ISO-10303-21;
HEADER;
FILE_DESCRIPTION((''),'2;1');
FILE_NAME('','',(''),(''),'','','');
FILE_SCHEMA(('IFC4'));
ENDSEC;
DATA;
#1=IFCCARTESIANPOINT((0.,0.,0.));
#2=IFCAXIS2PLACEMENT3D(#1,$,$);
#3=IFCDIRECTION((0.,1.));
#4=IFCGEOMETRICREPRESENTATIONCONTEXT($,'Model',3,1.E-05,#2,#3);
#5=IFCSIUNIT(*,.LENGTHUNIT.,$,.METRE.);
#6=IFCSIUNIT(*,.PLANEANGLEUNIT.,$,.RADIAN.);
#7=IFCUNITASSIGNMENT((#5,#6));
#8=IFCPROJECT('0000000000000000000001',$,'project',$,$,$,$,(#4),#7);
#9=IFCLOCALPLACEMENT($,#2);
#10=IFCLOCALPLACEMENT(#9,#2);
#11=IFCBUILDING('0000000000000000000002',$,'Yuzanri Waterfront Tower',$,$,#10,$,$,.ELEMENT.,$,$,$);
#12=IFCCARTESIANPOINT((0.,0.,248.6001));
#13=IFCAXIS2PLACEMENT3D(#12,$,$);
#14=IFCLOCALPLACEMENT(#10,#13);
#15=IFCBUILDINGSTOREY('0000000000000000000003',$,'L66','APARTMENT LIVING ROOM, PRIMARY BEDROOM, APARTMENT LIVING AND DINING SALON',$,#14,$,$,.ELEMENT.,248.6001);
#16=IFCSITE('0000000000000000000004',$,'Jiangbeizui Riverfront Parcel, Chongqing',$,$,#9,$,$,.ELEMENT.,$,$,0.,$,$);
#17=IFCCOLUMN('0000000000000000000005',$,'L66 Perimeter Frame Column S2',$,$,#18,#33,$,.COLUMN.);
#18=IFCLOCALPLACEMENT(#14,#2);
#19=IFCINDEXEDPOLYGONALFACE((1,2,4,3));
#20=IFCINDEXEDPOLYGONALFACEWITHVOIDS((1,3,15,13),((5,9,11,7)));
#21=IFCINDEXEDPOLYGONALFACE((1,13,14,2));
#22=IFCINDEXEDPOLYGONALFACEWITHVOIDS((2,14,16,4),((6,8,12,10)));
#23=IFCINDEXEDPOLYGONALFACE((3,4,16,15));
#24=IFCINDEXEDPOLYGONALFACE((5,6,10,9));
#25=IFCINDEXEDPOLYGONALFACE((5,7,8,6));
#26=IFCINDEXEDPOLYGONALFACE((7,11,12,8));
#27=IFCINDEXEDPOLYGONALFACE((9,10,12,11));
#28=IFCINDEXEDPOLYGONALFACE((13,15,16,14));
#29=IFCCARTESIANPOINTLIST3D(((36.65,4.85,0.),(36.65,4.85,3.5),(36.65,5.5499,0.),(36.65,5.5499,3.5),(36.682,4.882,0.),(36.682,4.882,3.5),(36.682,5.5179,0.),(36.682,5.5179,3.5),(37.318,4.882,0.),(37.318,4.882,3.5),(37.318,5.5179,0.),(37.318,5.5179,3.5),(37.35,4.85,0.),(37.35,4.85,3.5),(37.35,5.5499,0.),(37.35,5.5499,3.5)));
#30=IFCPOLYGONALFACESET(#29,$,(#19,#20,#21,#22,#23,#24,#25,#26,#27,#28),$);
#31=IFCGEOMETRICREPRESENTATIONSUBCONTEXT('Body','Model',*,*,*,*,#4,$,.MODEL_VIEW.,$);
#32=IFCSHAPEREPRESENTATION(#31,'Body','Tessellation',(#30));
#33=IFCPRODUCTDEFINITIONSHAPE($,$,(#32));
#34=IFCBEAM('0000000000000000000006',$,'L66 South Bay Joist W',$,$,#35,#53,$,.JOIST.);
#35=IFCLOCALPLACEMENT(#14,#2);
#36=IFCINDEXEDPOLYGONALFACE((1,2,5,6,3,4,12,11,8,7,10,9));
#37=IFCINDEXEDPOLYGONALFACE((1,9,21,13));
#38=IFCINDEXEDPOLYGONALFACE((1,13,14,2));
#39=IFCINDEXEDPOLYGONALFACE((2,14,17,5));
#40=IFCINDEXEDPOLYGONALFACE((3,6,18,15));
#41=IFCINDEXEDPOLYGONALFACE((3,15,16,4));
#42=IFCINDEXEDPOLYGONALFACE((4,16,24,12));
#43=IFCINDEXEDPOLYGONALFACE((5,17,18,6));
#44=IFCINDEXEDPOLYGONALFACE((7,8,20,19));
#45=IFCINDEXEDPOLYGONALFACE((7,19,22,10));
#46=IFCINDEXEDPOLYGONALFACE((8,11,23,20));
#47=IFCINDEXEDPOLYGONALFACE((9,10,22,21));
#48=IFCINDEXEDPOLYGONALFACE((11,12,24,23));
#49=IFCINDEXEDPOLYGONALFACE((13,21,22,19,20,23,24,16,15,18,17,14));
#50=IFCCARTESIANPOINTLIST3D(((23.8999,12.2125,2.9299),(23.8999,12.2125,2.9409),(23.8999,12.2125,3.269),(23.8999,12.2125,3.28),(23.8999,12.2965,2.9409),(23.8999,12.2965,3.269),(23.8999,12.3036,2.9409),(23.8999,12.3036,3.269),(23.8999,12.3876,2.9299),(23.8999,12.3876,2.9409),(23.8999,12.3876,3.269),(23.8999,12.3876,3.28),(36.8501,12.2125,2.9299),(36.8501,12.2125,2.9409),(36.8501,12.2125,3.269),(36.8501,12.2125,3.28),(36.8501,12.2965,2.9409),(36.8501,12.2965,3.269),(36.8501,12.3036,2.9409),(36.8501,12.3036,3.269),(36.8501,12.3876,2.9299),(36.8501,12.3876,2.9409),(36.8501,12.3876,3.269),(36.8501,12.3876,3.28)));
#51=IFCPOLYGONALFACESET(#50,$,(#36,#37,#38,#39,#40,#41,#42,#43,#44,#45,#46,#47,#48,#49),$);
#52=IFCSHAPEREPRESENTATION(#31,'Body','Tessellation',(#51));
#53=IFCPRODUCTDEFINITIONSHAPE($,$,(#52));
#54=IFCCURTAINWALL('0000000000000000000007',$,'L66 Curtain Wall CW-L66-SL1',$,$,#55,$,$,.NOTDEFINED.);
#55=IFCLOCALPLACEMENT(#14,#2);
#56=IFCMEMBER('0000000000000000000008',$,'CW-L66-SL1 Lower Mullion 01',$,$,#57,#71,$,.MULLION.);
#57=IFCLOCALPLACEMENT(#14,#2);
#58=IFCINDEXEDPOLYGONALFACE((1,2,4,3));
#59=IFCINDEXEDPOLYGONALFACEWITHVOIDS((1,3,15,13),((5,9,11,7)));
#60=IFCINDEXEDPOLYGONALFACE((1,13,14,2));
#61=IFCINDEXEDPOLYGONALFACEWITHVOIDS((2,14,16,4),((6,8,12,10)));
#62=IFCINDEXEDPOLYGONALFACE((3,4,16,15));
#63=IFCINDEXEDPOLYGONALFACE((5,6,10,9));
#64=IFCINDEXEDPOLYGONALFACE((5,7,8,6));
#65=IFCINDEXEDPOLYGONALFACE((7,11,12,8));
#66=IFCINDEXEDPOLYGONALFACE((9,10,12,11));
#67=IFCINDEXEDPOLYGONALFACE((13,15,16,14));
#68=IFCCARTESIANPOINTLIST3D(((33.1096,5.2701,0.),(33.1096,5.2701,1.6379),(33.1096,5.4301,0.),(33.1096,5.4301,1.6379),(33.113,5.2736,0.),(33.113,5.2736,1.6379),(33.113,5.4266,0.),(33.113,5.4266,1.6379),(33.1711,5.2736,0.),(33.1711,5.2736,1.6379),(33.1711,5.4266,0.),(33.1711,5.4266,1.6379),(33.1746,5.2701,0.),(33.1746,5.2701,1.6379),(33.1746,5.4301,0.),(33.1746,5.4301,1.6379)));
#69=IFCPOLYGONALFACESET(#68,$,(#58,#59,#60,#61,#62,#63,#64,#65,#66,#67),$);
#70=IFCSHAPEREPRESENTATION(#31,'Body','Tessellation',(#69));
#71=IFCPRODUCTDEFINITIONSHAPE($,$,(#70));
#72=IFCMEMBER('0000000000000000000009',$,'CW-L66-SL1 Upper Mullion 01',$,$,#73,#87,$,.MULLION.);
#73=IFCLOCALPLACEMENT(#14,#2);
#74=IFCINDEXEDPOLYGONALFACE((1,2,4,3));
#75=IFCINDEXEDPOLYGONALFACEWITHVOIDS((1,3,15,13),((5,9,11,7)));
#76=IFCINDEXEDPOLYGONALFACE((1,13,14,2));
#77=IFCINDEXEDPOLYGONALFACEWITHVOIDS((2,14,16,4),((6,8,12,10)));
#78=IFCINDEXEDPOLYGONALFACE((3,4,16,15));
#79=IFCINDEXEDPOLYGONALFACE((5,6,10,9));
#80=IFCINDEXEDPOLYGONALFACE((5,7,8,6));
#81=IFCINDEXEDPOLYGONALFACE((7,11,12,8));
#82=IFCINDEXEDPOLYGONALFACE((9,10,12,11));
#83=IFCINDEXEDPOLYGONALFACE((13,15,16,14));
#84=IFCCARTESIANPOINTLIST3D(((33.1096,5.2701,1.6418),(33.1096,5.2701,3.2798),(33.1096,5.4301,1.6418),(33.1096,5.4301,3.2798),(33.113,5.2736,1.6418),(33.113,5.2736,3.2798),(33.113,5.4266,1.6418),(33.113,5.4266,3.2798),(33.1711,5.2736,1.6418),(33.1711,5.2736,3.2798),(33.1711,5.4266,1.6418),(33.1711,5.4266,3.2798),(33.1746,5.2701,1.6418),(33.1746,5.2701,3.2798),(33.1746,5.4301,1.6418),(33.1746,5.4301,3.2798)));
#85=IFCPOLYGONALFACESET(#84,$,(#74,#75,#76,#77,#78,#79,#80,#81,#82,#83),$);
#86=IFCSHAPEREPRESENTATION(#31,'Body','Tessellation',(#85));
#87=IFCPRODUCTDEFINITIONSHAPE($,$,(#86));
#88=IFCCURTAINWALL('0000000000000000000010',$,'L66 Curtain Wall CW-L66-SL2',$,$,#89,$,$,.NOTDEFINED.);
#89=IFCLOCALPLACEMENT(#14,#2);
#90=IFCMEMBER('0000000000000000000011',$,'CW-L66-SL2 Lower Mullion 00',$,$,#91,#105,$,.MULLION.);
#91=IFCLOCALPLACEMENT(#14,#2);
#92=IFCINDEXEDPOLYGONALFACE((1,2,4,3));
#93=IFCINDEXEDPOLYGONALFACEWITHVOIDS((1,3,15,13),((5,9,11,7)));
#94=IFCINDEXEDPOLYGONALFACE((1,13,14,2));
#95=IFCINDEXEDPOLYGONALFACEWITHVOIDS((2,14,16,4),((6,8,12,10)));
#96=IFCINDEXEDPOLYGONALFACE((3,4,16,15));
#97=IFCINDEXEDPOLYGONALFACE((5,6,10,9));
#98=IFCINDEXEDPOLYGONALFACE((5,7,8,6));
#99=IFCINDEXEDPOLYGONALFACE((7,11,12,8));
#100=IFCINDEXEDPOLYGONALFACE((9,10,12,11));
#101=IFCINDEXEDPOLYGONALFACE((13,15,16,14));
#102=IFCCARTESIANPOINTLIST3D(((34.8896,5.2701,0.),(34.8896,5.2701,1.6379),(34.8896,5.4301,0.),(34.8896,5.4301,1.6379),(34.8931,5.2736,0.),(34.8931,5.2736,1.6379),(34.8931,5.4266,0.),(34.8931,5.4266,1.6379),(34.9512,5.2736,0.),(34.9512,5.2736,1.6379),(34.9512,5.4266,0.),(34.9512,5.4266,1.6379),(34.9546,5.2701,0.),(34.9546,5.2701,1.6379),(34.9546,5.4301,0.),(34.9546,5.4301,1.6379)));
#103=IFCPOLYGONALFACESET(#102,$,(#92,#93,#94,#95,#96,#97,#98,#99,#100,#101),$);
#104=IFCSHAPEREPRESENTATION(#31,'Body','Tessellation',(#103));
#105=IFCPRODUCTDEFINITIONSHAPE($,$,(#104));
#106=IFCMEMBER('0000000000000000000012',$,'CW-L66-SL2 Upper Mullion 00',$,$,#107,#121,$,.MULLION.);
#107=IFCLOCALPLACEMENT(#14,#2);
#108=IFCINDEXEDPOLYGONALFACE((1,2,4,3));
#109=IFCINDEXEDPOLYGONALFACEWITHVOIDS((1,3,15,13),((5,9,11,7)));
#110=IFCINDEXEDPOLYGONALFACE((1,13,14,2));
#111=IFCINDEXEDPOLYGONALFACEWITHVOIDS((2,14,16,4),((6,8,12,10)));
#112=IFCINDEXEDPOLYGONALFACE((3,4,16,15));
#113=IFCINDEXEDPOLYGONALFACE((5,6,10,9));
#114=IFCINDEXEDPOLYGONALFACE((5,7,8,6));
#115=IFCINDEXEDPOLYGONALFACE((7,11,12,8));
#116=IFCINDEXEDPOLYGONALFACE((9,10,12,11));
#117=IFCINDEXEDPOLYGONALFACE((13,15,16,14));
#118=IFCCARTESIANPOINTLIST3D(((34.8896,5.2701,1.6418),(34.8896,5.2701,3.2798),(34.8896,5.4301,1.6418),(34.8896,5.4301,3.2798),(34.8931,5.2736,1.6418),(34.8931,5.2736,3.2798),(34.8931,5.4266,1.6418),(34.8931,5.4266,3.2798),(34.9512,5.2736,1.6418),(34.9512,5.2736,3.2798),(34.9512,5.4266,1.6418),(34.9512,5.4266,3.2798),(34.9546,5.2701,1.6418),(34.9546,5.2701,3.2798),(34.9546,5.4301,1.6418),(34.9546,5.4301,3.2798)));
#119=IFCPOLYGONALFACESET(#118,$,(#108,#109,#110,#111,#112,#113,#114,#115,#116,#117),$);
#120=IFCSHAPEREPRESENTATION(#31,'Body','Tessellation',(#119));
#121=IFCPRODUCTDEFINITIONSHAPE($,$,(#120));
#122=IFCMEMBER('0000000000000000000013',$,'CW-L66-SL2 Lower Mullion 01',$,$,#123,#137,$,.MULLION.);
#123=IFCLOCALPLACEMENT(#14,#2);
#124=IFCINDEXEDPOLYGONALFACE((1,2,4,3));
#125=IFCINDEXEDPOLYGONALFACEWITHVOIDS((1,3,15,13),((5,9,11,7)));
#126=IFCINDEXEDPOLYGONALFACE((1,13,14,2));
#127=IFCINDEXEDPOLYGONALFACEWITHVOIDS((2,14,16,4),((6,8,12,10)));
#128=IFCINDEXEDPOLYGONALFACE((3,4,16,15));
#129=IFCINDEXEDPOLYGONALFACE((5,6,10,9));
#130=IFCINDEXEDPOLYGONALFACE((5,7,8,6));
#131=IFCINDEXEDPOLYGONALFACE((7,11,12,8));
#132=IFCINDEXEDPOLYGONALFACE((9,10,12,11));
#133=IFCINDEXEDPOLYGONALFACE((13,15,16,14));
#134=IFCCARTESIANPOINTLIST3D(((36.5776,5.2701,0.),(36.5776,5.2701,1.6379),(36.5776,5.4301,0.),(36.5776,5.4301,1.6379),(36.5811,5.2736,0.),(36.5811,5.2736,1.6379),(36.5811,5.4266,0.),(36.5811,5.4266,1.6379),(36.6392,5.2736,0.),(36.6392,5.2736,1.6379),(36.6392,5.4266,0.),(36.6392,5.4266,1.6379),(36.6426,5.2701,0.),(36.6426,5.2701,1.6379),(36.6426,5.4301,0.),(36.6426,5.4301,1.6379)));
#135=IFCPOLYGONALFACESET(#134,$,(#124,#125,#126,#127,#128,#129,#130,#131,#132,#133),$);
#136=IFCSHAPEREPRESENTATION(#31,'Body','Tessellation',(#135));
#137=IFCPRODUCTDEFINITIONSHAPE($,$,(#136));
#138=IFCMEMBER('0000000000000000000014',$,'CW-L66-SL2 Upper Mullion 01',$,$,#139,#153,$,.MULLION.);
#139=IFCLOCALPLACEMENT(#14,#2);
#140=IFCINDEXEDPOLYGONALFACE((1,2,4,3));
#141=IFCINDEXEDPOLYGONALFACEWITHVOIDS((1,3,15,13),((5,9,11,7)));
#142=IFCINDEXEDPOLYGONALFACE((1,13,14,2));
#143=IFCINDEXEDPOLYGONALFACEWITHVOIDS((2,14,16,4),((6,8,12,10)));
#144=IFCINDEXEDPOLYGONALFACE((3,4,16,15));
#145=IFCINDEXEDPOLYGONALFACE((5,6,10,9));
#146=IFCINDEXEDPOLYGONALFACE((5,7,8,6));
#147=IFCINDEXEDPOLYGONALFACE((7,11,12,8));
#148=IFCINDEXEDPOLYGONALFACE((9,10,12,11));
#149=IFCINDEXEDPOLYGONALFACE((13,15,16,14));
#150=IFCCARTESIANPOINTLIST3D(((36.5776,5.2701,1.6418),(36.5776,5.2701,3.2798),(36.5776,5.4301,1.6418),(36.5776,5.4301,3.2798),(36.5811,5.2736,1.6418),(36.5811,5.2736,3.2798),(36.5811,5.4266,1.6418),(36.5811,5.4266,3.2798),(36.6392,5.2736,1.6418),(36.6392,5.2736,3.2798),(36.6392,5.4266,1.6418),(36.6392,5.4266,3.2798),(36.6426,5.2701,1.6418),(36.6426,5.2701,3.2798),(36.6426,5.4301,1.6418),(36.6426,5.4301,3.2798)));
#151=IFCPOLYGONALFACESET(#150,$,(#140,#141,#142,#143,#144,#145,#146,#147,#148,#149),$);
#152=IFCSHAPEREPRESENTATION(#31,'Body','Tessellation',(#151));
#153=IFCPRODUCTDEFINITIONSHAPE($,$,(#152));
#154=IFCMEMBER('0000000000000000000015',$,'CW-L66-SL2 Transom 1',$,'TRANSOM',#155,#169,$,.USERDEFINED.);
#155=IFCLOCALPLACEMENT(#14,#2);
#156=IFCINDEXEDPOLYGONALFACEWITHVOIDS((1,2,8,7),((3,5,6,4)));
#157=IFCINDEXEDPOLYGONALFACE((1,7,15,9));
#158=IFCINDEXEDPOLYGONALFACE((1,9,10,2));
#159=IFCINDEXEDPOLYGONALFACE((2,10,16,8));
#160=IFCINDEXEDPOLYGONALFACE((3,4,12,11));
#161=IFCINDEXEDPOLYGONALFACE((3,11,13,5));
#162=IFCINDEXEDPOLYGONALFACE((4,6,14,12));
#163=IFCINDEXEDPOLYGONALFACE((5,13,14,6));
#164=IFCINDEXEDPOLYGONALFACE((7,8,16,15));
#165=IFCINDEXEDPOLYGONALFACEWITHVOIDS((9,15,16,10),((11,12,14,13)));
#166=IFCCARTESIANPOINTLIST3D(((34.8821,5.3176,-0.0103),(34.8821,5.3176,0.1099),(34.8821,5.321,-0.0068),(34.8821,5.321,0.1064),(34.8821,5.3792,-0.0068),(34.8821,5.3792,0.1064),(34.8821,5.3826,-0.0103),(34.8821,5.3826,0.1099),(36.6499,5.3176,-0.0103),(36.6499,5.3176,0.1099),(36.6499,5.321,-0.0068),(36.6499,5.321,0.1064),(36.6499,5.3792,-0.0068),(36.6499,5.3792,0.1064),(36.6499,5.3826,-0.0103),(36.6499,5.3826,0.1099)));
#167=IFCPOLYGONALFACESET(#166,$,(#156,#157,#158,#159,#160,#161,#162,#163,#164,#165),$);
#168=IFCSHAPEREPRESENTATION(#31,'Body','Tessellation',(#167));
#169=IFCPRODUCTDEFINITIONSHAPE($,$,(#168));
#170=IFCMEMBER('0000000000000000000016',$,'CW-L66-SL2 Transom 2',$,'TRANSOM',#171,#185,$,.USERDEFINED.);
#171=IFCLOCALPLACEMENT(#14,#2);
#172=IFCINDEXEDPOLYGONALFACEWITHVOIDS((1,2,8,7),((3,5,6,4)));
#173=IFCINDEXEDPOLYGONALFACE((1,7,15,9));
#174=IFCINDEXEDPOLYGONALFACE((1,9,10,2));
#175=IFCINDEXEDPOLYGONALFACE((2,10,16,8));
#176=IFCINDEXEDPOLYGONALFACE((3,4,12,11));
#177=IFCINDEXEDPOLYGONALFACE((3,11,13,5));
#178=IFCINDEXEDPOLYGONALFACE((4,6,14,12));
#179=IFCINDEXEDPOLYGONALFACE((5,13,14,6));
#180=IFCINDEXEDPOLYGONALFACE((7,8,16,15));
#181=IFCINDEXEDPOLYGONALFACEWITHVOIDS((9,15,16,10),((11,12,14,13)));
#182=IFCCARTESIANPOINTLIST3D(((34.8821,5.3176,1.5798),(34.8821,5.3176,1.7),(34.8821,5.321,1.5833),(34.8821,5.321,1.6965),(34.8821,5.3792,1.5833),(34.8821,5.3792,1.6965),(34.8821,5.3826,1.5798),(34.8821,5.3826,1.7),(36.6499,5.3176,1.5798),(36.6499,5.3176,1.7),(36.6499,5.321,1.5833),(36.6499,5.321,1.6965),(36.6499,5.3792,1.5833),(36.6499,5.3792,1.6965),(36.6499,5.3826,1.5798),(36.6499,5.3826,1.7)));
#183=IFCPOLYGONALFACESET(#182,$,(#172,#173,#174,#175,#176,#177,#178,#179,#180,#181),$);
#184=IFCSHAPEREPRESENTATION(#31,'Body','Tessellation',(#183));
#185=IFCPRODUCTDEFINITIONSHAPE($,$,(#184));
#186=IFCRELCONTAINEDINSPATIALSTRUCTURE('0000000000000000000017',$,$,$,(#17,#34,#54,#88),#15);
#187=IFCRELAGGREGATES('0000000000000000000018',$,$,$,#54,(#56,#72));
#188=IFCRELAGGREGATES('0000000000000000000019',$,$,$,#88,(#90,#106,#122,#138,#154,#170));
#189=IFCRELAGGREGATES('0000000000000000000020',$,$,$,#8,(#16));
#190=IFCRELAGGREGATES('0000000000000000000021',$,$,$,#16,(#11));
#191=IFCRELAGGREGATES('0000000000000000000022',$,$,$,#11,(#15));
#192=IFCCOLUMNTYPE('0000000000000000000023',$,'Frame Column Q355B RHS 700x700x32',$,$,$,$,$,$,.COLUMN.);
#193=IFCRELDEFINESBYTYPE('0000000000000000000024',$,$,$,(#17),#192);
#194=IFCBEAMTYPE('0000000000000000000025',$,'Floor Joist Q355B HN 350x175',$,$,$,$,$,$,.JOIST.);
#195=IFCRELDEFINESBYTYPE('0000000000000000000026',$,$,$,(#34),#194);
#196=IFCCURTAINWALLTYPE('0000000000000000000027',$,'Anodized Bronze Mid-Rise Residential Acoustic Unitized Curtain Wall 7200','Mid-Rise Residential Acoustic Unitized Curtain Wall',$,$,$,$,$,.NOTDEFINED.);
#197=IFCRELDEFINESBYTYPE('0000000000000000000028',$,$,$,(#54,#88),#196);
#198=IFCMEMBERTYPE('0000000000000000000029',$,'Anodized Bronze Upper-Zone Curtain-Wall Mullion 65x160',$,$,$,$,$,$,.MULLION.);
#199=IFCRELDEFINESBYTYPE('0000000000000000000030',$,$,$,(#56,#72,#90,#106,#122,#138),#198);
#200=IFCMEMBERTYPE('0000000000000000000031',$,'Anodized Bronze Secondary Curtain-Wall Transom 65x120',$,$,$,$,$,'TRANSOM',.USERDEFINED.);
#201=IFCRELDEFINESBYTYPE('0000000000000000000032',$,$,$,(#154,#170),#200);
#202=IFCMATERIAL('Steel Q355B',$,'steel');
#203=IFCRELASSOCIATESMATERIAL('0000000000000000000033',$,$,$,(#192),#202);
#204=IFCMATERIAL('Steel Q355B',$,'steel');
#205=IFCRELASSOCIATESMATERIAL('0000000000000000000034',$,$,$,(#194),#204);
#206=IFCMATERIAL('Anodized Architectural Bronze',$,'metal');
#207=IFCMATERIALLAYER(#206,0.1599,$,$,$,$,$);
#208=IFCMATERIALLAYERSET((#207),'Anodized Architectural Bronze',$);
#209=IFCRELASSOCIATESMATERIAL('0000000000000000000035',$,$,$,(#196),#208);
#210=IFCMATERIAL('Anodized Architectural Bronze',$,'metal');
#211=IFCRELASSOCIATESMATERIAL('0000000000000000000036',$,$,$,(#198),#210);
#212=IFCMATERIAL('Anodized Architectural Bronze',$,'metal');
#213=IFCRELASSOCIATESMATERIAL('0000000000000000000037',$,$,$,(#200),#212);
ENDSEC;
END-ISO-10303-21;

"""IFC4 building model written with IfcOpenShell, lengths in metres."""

from ifc_helpers import new_model, si_unit, direction, frame, origin, origin_2d, place, context, subcontext, project, spatial, hollow_rectangle, i_section, extrude, source, transform, mapped, material, layer, layer_set, material_profile, profile_set, type_object, element, aggregate, save


model = new_model("IFC4")

# Units and contexts
model_context = context("Model", 3, precision=1e-05, world=origin(), true_north=direction((0.0, 1.0)))
body_context = subcontext(model_context, "Body", "Model", "MODEL_VIEW")
ifc_project = project(units=[si_unit("LENGTHUNIT", "METRE"), si_unit("PLANEANGLEUNIT", "RADIAN")], contexts=[model_context])

# Site, building, storey
site_placement = place(None, origin())
site = spatial("IfcSite", under=ifc_project, at=site_placement, Name="Jiangbeizui Riverfront Parcel, Chongqing", CompositionType="ELEMENT", RefElevation=0.0)
building_placement = place(site_placement, origin())
building = spatial("IfcBuilding", under=site, at=building_placement, Name="Yuzanri Waterfront Tower", CompositionType="ELEMENT")
storey_placement = place(building_placement, frame((0.0, 0.0, 248.6001)))
storey = spatial("IfcBuildingStorey", under=building, at=storey_placement, Name="L66", Description="APARTMENT LIVING ROOM, PRIMARY BEDROOM, APARTMENT LIVING AND DINING SALON", CompositionType="ELEMENT", Elevation=248.6001)

# Column
ifc_material_1 = material(Name="Steel Q355B", Category="steel")
ifc_material_profile_1 = material_profile(ifc_material_1, hollow_rectangle(XDim=0.7, YDim=0.7, WallThickness=0.032, at=origin_2d()), Name="RHS 700x700x32")
ifc_profile_set_1 = profile_set([ifc_material_profile_1], Name="Steel Q355B")
column_type = type_object("IfcColumnType", Name="Frame Column Q355B RHS 700x700x32", PredefinedType="COLUMN", material=ifc_profile_set_1)
shared_shape_1 = source(origin(), body_context, "Body", "SweptSolid", [
    extrude(hollow_rectangle(XDim=0.7, YDim=0.7, WallThickness=0.032, at=origin_2d()), origin(), (0.0, 0.0, 1.0), 3.5),
])
column_placement = place(storey_placement, frame((37.0, 5.2, 0.0), z_axis=(0.0, 0.0, 1.0), x_axis=(1.0, 0.0, 0.0)))
element("IfcColumn", 1, at=column_placement, inside=storey, type_object=column_type, Name="L66 Perimeter Frame Column S2", PredefinedType="COLUMN", context=body_context, shape_type="MappedRepresentation", body=[
    mapped(shared_shape_1, transform((0.0, 0.0, 0.0), scale=1.0)),
])

# Beam
ifc_material_2 = material(Name="Steel Q355B", Category="steel")
ifc_material_profile_2 = material_profile(ifc_material_2, i_section(OverallWidth=0.175, OverallDepth=0.3501, WebThickness=0.0071, FlangeThickness=0.011, at=origin_2d()), Name="HN 350x175x7x11")
ifc_profile_set_2 = profile_set([ifc_material_profile_2], Name="Steel Q355B")
beam_type = type_object("IfcBeamType", Name="Floor Joist Q355B HN 350x175", PredefinedType="JOIST", material=ifc_profile_set_2)
shared_shape_2 = source(origin(), body_context, "Body", "SweptSolid", [
    extrude(i_section(OverallWidth=0.175, OverallDepth=0.3501, WebThickness=0.0071, FlangeThickness=0.011, at=origin_2d()), origin(), (0.0, 0.0, 1.0), 12.9502),
])
beam_placement = place(storey_placement, frame((23.8999, 12.3, 3.105), z_axis=(1.0, 0.0, 0.0), x_axis=(0.0, 1.0, 0.0)))
element("IfcBeam", 2, at=beam_placement, inside=storey, type_object=beam_type, Name="L66 South Bay Joist W", PredefinedType="JOIST", context=body_context, shape_type="MappedRepresentation", body=[
    mapped(shared_shape_2, transform((0.0, 0.0, 0.0), scale=1.0)),
])

# Curtain walls, members
ifc_material_3 = material(Name="Anodized Architectural Bronze", Category="metal")
ifc_layer_1 = layer(ifc_material_3, 0.1599)
ifc_layer_set_1 = layer_set([ifc_layer_1], Name="Anodized Architectural Bronze")
curtain_wall_type = type_object("IfcCurtainWallType", Name="Anodized Bronze Mid-Rise Residential Acoustic Unitized Curtain Wall 7200", Description="Mid-Rise Residential Acoustic Unitized Curtain Wall", PredefinedType="NOTDEFINED", material=ifc_layer_set_1)
curtain_wall_1_placement = place(storey_placement, origin())
curtain_wall_1 = element("IfcCurtainWall", 3, at=curtain_wall_1_placement, inside=storey, type_object=curtain_wall_type, Name="L66 Curtain Wall CW-L66-SL1", PredefinedType="NOTDEFINED")
ifc_material_4 = material(Name="Anodized Architectural Bronze", Category="metal")
ifc_material_profile_3 = material_profile(ifc_material_4, hollow_rectangle(XDim=0.0649, YDim=0.1599, WallThickness=0.0034, at=origin_2d()), Name="CWM 65x160")
ifc_profile_set_3 = profile_set([ifc_material_profile_3], Name="Anodized Architectural Bronze")
member_type_1 = type_object("IfcMemberType", Name="Anodized Bronze Upper-Zone Curtain-Wall Mullion 65x160", PredefinedType="MULLION", material=ifc_profile_set_3)
shared_shape_3 = source(origin(), body_context, "Body", "SweptSolid", [
    extrude(hollow_rectangle(XDim=0.0649, YDim=0.1599, WallThickness=0.0034, at=origin_2d()), origin(), (0.0, 0.0, 1.0), 1.6379),
])
member_1_placement = place(storey_placement, frame((33.1421, 5.3501, 0.0), z_axis=(0.0, 0.0, 1.0), x_axis=(1.0, 0.0, 0.0)))
member_1 = element("IfcMember", 4, at=member_1_placement, type_object=member_type_1, Name="CW-L66-SL1 Lower Mullion 01", PredefinedType="MULLION", context=body_context, shape_type="MappedRepresentation", body=[
    mapped(shared_shape_3, transform((0.0, 0.0, 0.0), scale=1.0)),
])
member_2_placement = place(storey_placement, frame((33.1421, 5.3501, 1.6418), z_axis=(0.0, 0.0, 1.0), x_axis=(1.0, 0.0, 0.0)))
member_2 = element("IfcMember", 5, at=member_2_placement, type_object=member_type_1, Name="CW-L66-SL1 Upper Mullion 01", PredefinedType="MULLION", context=body_context, shape_type="MappedRepresentation", body=[
    mapped(shared_shape_3, transform((0.0, 0.0, 0.0), scale=1.0)),
])
curtain_wall_2_placement = place(storey_placement, origin())
curtain_wall_2 = element("IfcCurtainWall", 6, at=curtain_wall_2_placement, inside=storey, type_object=curtain_wall_type, Name="L66 Curtain Wall CW-L66-SL2", PredefinedType="NOTDEFINED")
member_3_placement = place(storey_placement, frame((34.9221, 5.3501, 0.0), z_axis=(0.0, 0.0, 1.0), x_axis=(1.0, 0.0, 0.0)))
member_3 = element("IfcMember", 7, at=member_3_placement, type_object=member_type_1, Name="CW-L66-SL2 Lower Mullion 00", PredefinedType="MULLION", context=body_context, shape_type="MappedRepresentation", body=[
    mapped(shared_shape_3, transform((0.0, 0.0, 0.0), scale=1.0)),
])
member_4_placement = place(storey_placement, frame((34.9221, 5.3501, 1.6418), z_axis=(0.0, 0.0, 1.0), x_axis=(1.0, 0.0, 0.0)))
member_4 = element("IfcMember", 8, at=member_4_placement, type_object=member_type_1, Name="CW-L66-SL2 Upper Mullion 00", PredefinedType="MULLION", context=body_context, shape_type="MappedRepresentation", body=[
    mapped(shared_shape_3, transform((0.0, 0.0, 0.0), scale=1.0)),
])
member_5_placement = place(storey_placement, frame((36.6101, 5.3501, 0.0), z_axis=(0.0, 0.0, 1.0), x_axis=(1.0, 0.0, 0.0)))
member_5 = element("IfcMember", 9, at=member_5_placement, type_object=member_type_1, Name="CW-L66-SL2 Lower Mullion 01", PredefinedType="MULLION", context=body_context, shape_type="MappedRepresentation", body=[
    mapped(shared_shape_3, transform((0.0, 0.0, 0.0), scale=1.0)),
])
member_6_placement = place(storey_placement, frame((36.6101, 5.3501, 1.6418), z_axis=(0.0, 0.0, 1.0), x_axis=(1.0, 0.0, 0.0)))
member_6 = element("IfcMember", 10, at=member_6_placement, type_object=member_type_1, Name="CW-L66-SL2 Upper Mullion 01", PredefinedType="MULLION", context=body_context, shape_type="MappedRepresentation", body=[
    mapped(shared_shape_3, transform((0.0, 0.0, 0.0), scale=1.0)),
])
ifc_material_5 = material(Name="Anodized Architectural Bronze", Category="metal")
ifc_material_profile_4 = material_profile(ifc_material_5, hollow_rectangle(XDim=0.0649, YDim=0.1201, WallThickness=0.0034, at=origin_2d()), Name="CWT 65x120")
ifc_profile_set_4 = profile_set([ifc_material_profile_4], Name="Anodized Architectural Bronze")
member_type_2 = type_object("IfcMemberType", Name="Anodized Bronze Secondary Curtain-Wall Transom 65x120", ElementType="TRANSOM", PredefinedType="USERDEFINED", material=ifc_profile_set_4)
shared_shape_4 = source(origin(), body_context, "Body", "SweptSolid", [
    extrude(hollow_rectangle(XDim=0.0649, YDim=0.1201, WallThickness=0.0034, at=origin_2d()), origin(), (0.0, 0.0, 1.0), 1.7678),
])
member_7_placement = place(storey_placement, frame((34.8821, 5.3501, 0.0498), z_axis=(1.0, 0.0, 0.0), x_axis=(0.0, 1.0, 0.0)))
member_7 = element("IfcMember", 11, at=member_7_placement, type_object=member_type_2, Name="CW-L66-SL2 Transom 1", ObjectType="TRANSOM", PredefinedType="USERDEFINED", context=body_context, shape_type="MappedRepresentation", body=[
    mapped(shared_shape_4, transform((0.0, 0.0, 0.0), scale=1.0)),
])
member_8_placement = place(storey_placement, frame((34.8821, 5.3501, 1.6399), z_axis=(1.0, 0.0, 0.0), x_axis=(0.0, 1.0, 0.0)))
member_8 = element("IfcMember", 12, at=member_8_placement, type_object=member_type_2, Name="CW-L66-SL2 Transom 2", ObjectType="TRANSOM", PredefinedType="USERDEFINED", context=body_context, shape_type="MappedRepresentation", body=[
    mapped(shared_shape_4, transform((0.0, 0.0, 0.0), scale=1.0)),
])

aggregate(curtain_wall_1, [member_1, member_2])
aggregate(curtain_wall_2, [member_3, member_4, member_5, member_6, member_7, member_8])

save(model, "model.ifc")
